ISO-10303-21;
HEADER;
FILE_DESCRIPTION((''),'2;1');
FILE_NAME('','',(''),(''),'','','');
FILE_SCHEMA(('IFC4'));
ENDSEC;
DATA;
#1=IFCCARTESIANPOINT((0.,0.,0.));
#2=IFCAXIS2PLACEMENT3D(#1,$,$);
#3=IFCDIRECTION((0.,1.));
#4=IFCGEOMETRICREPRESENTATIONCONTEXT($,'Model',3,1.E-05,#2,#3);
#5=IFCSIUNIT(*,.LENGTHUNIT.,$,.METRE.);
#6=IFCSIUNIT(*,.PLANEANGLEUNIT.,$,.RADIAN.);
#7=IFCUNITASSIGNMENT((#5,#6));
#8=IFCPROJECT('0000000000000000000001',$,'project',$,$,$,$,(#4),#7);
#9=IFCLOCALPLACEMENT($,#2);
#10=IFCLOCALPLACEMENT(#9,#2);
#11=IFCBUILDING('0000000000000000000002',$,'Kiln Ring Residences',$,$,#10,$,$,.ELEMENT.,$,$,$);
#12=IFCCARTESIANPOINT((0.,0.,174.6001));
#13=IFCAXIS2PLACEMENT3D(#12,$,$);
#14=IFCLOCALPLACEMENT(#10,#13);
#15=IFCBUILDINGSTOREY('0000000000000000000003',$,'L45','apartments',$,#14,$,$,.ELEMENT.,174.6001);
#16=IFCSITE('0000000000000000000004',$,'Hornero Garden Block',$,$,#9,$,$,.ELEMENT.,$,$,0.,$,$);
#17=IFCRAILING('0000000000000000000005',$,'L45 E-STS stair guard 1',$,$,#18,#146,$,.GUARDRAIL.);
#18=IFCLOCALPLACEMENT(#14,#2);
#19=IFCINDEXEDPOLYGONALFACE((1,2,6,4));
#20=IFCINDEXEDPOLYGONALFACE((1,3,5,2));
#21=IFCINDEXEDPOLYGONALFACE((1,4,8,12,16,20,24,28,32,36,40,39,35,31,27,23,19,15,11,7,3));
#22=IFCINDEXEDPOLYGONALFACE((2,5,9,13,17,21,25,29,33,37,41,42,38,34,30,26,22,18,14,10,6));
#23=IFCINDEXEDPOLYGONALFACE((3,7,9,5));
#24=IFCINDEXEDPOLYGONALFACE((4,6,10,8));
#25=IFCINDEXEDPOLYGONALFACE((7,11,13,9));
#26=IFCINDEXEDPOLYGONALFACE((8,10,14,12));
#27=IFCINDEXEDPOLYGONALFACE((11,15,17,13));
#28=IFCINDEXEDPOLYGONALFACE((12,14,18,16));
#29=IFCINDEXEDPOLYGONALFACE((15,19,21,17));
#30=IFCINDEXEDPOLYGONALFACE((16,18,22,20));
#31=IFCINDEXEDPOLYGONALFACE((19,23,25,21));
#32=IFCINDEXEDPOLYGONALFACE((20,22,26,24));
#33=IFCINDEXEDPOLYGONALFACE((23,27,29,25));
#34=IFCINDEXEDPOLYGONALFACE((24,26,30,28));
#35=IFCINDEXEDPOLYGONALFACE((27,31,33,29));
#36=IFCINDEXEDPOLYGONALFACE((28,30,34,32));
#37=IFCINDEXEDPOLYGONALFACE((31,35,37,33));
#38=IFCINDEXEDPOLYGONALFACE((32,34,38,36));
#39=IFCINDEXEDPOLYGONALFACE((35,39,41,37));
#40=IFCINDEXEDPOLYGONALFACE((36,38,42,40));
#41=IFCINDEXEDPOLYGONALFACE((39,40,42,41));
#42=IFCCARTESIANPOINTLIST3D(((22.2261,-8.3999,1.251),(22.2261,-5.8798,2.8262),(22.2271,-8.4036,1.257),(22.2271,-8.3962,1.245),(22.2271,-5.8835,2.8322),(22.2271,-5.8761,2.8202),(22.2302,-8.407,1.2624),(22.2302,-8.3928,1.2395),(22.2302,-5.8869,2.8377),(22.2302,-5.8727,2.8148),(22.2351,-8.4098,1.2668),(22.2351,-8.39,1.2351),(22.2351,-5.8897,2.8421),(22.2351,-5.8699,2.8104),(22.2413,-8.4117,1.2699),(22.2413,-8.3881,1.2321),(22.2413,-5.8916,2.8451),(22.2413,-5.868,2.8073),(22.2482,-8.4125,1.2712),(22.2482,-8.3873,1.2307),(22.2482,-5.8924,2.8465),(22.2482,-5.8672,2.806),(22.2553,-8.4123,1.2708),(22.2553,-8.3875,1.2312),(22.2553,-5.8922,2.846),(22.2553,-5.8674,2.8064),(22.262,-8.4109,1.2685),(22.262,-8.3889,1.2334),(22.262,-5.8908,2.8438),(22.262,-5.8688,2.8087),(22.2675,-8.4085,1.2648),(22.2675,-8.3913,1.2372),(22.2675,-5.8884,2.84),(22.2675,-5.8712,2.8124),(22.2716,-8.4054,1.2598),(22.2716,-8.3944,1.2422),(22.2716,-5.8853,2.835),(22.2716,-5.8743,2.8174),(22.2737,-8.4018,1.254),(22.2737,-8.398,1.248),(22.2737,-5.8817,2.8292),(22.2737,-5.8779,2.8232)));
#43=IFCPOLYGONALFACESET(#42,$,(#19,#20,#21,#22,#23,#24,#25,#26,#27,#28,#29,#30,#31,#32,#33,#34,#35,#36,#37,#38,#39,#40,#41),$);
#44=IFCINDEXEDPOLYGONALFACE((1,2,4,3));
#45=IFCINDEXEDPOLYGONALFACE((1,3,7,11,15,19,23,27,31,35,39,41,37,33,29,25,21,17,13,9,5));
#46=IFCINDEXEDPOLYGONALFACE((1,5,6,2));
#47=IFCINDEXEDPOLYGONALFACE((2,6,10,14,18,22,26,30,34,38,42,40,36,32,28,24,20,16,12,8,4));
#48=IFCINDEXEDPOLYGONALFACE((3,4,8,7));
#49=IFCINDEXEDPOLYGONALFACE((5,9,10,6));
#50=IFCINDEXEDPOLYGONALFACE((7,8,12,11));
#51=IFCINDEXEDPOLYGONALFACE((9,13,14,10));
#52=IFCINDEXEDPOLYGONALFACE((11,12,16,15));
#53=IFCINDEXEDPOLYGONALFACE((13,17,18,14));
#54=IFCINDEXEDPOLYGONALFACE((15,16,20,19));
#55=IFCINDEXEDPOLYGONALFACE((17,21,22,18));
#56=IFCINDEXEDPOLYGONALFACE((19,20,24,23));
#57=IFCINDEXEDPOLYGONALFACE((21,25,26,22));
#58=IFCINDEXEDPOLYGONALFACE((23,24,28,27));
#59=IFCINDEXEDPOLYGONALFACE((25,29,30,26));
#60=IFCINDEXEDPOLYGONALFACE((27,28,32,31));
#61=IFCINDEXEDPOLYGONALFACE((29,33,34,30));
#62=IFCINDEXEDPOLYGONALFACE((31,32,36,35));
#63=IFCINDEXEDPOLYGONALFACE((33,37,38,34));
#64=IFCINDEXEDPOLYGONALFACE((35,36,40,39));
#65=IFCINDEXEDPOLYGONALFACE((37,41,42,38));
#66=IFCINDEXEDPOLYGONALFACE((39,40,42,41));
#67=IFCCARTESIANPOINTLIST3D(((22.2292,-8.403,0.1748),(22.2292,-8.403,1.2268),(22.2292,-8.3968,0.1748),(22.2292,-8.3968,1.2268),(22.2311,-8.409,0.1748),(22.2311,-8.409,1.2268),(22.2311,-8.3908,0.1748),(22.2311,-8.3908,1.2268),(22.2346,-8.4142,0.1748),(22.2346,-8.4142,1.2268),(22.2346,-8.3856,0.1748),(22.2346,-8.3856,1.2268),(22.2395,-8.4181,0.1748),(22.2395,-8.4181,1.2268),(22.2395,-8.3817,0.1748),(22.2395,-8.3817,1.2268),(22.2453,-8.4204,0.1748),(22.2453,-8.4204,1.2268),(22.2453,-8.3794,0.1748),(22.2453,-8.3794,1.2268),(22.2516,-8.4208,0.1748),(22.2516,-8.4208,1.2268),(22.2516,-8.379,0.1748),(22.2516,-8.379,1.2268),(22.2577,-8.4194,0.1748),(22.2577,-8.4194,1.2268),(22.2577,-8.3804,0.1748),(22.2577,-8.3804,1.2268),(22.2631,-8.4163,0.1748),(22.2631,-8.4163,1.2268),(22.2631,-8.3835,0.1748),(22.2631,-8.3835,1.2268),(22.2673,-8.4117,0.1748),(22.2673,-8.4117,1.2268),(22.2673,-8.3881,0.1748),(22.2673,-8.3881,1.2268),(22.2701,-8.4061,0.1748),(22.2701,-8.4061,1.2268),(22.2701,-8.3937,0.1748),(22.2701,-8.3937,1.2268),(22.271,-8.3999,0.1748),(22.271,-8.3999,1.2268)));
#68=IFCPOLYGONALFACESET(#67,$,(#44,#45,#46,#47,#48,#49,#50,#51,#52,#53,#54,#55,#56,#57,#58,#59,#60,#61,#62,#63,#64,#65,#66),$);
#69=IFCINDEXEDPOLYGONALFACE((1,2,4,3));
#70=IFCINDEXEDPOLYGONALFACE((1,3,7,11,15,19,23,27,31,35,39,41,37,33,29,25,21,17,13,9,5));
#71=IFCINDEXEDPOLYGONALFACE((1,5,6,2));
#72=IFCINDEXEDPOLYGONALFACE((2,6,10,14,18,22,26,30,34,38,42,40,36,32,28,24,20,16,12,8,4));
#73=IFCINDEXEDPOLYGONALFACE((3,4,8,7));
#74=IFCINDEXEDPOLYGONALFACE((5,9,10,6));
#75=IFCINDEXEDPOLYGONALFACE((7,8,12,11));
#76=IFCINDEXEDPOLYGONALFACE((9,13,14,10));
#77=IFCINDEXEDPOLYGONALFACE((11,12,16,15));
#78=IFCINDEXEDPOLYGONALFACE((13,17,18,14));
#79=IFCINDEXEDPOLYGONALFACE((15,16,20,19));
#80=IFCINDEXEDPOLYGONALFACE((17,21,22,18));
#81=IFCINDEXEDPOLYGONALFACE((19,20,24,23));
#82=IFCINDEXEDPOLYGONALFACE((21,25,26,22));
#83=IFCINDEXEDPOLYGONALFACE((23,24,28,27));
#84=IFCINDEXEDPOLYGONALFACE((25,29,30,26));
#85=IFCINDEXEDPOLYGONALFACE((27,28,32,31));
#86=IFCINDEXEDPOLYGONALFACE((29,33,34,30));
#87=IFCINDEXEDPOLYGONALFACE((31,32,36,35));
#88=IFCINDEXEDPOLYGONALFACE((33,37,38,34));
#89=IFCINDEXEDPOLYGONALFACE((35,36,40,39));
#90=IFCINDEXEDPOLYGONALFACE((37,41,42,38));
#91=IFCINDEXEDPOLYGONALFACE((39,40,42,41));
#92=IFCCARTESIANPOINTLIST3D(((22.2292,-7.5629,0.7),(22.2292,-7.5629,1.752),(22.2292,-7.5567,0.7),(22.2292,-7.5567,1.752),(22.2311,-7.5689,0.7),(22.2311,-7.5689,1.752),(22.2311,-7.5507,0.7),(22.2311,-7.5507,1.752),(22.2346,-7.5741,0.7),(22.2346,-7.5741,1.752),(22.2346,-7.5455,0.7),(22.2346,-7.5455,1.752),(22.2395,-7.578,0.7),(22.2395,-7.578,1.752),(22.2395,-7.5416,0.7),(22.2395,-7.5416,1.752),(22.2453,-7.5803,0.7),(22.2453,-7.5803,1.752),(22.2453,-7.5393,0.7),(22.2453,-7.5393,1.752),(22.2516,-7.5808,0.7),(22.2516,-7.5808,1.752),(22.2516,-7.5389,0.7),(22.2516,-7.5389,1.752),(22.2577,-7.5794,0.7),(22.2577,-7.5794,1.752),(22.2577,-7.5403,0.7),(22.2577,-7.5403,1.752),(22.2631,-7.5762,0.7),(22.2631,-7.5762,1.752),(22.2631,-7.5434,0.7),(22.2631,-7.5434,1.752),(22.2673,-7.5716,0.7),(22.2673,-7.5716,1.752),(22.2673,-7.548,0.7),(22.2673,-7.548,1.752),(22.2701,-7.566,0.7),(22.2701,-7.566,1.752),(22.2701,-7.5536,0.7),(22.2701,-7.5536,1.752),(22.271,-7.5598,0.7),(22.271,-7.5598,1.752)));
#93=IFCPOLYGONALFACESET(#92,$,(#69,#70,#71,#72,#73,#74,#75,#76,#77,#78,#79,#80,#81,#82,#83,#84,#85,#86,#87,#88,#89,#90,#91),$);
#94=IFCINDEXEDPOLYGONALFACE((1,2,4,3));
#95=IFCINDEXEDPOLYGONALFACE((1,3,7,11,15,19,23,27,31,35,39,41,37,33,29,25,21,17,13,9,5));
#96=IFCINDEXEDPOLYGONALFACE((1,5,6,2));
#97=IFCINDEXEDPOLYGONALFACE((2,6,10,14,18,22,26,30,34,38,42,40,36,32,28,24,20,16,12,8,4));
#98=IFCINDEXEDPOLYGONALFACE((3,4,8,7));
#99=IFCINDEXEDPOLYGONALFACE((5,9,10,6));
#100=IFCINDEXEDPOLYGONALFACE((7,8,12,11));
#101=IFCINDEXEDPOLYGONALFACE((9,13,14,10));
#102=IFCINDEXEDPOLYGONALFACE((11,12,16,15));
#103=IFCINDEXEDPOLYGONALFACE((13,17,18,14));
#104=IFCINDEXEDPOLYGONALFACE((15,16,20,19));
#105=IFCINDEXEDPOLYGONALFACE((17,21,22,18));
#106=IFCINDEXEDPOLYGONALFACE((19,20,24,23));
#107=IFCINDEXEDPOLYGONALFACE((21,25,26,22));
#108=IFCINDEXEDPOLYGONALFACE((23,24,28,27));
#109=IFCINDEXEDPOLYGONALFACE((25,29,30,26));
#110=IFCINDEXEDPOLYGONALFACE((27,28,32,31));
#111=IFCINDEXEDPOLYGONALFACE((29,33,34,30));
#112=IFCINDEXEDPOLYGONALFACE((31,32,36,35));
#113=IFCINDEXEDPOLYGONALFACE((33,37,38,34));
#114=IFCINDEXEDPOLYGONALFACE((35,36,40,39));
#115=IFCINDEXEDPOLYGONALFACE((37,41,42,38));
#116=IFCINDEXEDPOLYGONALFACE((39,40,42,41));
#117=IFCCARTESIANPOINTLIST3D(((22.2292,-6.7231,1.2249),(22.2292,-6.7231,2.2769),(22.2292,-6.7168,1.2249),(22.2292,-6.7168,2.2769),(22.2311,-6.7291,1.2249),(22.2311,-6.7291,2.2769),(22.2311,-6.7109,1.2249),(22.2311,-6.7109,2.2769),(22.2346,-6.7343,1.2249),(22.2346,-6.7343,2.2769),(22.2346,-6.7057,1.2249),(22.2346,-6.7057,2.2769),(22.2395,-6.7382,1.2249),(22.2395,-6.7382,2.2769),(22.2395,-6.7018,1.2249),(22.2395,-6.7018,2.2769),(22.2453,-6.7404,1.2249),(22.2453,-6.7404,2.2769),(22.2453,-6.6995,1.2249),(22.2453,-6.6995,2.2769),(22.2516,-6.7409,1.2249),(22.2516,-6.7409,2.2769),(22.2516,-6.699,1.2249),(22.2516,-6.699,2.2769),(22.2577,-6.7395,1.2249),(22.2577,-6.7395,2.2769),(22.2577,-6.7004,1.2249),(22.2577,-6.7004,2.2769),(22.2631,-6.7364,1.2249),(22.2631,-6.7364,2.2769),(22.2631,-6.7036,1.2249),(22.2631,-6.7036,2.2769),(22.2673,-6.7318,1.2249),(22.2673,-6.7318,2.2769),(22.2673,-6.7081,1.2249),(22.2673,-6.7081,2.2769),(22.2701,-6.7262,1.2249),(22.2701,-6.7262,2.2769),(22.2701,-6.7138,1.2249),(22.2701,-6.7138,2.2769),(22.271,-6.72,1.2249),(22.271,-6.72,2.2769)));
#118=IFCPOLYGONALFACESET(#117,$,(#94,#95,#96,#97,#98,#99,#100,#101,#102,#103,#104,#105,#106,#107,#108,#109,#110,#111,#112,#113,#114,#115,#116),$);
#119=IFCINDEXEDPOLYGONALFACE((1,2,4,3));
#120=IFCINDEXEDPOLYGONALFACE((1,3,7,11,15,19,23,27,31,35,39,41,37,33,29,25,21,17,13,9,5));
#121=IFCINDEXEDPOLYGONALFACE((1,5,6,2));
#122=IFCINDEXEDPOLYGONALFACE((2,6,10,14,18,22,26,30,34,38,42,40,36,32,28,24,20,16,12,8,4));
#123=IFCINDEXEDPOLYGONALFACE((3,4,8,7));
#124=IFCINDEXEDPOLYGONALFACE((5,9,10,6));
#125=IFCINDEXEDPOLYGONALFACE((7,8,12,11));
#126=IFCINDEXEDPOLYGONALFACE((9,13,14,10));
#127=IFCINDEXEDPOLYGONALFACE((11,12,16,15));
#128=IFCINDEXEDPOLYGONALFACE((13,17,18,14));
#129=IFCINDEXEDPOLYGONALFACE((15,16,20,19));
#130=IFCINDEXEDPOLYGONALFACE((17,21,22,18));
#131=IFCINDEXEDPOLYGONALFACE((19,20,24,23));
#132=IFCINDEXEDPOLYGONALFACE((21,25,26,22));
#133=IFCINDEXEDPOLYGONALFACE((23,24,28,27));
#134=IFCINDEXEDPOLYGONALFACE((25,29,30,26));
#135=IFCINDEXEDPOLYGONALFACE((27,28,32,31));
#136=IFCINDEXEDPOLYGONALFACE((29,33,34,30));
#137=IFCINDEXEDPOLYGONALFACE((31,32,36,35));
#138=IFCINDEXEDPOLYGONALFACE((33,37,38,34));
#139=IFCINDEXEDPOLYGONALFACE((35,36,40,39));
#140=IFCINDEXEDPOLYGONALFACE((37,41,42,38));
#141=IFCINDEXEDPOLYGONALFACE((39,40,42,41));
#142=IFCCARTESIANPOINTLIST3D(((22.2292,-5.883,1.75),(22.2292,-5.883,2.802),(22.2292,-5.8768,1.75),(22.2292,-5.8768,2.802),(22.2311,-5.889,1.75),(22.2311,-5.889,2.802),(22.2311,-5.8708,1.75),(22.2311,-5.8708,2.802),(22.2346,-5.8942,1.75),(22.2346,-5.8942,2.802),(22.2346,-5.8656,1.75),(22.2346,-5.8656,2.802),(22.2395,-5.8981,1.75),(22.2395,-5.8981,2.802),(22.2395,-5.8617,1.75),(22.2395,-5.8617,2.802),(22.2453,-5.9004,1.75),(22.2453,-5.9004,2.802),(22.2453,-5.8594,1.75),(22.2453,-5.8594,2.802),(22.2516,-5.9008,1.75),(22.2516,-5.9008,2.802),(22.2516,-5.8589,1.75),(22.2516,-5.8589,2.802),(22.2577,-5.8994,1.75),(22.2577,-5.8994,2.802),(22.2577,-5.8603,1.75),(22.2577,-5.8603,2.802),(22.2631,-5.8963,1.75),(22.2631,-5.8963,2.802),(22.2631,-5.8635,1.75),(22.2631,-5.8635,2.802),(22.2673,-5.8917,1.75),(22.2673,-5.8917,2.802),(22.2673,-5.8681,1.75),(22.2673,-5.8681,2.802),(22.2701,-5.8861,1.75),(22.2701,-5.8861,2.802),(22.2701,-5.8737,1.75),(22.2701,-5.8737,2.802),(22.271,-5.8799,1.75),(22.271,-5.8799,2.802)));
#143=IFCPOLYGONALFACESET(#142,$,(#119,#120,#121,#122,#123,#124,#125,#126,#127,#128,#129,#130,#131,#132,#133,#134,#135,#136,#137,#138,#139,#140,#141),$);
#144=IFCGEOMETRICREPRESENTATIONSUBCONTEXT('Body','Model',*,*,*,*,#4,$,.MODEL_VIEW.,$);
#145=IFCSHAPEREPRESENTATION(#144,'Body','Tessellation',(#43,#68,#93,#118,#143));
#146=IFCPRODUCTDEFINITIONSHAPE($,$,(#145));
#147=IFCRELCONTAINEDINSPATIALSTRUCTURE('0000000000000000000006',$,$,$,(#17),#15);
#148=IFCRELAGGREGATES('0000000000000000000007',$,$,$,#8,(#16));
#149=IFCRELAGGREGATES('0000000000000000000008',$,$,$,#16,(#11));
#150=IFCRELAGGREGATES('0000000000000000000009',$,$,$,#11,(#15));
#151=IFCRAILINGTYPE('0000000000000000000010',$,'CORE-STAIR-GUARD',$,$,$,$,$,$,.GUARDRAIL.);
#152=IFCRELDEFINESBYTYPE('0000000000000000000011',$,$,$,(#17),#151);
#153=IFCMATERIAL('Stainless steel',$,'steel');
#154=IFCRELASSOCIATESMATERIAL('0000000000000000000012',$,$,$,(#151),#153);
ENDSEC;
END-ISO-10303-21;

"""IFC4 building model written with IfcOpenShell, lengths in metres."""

from ifc_helpers import new_model, si_unit, direction, frame, origin, origin_2d, place, context, subcontext, project, spatial, circle, extrude, material, type_object, element, save


model = new_model("IFC4")

# Units and contexts
model_context = context("Model", 3, precision=1e-05, world=origin(), true_north=direction((0.0, 1.0)))
body_context = subcontext(model_context, "Body", "Model", "MODEL_VIEW")
ifc_project = project(units=[si_unit("LENGTHUNIT", "METRE"), si_unit("PLANEANGLEUNIT", "RADIAN")], contexts=[model_context])

# Site, building, storey
site_placement = place(None, origin())
site = spatial("IfcSite", under=ifc_project, at=site_placement, Name="Hornero Garden Block", CompositionType="ELEMENT", RefElevation=0.0)
building_placement = place(site_placement, origin())
building = spatial("IfcBuilding", under=site, at=building_placement, Name="Kiln Ring Residences", CompositionType="ELEMENT")
storey_placement = place(building_placement, frame((0.0, 0.0, 174.6001)))
storey = spatial("IfcBuildingStorey", under=building, at=storey_placement, Name="L45", Description="apartments", CompositionType="ELEMENT", Elevation=174.6001)

# Railing
ifc_material_1 = material(Name="Stainless steel", Category="steel")
railing_type_1 = type_object("IfcRailingType", Name="CORE-STAIR-GUARD", PredefinedType="GUARDRAIL", material=ifc_material_1)
railing_1_placement = place(storey_placement, frame((22.25, -8.3999, 0.1748)))
element("IfcRailing", 1, at=railing_1_placement, inside=storey, type_object=railing_type_1, Name="L45 E-STS stair guard 1", PredefinedType="GUARDRAIL", context=body_context, shape_type="SweptSolid", body=[
    extrude(circle(Radius=0.0239, at=origin_2d()), frame((0.0, 0.0, 1.0762), z_axis=(0.0, 0.847971, 0.530043), x_axis=(-1.0, 0.0, 0.0)), (0.0, 0.0, 1.0), 2.9719),
    extrude(circle(Radius=0.021, at=origin_2d()), origin(), (0.0, 0.0, 1.0), 1.052),
    extrude(circle(Radius=0.021, at=origin_2d()), frame((0.0, 0.8401, 0.5251)), (0.0, 0.0, 1.0), 1.052),
    extrude(circle(Radius=0.021, at=origin_2d()), frame((0.0, 1.6799, 1.05)), (0.0, 0.0, 1.0), 1.052),
    extrude(circle(Radius=0.021, at=origin_2d()), frame((0.0, 2.52, 1.5752)), (0.0, 0.0, 1.0), 1.052),
])

save(model, "model.ifc")
